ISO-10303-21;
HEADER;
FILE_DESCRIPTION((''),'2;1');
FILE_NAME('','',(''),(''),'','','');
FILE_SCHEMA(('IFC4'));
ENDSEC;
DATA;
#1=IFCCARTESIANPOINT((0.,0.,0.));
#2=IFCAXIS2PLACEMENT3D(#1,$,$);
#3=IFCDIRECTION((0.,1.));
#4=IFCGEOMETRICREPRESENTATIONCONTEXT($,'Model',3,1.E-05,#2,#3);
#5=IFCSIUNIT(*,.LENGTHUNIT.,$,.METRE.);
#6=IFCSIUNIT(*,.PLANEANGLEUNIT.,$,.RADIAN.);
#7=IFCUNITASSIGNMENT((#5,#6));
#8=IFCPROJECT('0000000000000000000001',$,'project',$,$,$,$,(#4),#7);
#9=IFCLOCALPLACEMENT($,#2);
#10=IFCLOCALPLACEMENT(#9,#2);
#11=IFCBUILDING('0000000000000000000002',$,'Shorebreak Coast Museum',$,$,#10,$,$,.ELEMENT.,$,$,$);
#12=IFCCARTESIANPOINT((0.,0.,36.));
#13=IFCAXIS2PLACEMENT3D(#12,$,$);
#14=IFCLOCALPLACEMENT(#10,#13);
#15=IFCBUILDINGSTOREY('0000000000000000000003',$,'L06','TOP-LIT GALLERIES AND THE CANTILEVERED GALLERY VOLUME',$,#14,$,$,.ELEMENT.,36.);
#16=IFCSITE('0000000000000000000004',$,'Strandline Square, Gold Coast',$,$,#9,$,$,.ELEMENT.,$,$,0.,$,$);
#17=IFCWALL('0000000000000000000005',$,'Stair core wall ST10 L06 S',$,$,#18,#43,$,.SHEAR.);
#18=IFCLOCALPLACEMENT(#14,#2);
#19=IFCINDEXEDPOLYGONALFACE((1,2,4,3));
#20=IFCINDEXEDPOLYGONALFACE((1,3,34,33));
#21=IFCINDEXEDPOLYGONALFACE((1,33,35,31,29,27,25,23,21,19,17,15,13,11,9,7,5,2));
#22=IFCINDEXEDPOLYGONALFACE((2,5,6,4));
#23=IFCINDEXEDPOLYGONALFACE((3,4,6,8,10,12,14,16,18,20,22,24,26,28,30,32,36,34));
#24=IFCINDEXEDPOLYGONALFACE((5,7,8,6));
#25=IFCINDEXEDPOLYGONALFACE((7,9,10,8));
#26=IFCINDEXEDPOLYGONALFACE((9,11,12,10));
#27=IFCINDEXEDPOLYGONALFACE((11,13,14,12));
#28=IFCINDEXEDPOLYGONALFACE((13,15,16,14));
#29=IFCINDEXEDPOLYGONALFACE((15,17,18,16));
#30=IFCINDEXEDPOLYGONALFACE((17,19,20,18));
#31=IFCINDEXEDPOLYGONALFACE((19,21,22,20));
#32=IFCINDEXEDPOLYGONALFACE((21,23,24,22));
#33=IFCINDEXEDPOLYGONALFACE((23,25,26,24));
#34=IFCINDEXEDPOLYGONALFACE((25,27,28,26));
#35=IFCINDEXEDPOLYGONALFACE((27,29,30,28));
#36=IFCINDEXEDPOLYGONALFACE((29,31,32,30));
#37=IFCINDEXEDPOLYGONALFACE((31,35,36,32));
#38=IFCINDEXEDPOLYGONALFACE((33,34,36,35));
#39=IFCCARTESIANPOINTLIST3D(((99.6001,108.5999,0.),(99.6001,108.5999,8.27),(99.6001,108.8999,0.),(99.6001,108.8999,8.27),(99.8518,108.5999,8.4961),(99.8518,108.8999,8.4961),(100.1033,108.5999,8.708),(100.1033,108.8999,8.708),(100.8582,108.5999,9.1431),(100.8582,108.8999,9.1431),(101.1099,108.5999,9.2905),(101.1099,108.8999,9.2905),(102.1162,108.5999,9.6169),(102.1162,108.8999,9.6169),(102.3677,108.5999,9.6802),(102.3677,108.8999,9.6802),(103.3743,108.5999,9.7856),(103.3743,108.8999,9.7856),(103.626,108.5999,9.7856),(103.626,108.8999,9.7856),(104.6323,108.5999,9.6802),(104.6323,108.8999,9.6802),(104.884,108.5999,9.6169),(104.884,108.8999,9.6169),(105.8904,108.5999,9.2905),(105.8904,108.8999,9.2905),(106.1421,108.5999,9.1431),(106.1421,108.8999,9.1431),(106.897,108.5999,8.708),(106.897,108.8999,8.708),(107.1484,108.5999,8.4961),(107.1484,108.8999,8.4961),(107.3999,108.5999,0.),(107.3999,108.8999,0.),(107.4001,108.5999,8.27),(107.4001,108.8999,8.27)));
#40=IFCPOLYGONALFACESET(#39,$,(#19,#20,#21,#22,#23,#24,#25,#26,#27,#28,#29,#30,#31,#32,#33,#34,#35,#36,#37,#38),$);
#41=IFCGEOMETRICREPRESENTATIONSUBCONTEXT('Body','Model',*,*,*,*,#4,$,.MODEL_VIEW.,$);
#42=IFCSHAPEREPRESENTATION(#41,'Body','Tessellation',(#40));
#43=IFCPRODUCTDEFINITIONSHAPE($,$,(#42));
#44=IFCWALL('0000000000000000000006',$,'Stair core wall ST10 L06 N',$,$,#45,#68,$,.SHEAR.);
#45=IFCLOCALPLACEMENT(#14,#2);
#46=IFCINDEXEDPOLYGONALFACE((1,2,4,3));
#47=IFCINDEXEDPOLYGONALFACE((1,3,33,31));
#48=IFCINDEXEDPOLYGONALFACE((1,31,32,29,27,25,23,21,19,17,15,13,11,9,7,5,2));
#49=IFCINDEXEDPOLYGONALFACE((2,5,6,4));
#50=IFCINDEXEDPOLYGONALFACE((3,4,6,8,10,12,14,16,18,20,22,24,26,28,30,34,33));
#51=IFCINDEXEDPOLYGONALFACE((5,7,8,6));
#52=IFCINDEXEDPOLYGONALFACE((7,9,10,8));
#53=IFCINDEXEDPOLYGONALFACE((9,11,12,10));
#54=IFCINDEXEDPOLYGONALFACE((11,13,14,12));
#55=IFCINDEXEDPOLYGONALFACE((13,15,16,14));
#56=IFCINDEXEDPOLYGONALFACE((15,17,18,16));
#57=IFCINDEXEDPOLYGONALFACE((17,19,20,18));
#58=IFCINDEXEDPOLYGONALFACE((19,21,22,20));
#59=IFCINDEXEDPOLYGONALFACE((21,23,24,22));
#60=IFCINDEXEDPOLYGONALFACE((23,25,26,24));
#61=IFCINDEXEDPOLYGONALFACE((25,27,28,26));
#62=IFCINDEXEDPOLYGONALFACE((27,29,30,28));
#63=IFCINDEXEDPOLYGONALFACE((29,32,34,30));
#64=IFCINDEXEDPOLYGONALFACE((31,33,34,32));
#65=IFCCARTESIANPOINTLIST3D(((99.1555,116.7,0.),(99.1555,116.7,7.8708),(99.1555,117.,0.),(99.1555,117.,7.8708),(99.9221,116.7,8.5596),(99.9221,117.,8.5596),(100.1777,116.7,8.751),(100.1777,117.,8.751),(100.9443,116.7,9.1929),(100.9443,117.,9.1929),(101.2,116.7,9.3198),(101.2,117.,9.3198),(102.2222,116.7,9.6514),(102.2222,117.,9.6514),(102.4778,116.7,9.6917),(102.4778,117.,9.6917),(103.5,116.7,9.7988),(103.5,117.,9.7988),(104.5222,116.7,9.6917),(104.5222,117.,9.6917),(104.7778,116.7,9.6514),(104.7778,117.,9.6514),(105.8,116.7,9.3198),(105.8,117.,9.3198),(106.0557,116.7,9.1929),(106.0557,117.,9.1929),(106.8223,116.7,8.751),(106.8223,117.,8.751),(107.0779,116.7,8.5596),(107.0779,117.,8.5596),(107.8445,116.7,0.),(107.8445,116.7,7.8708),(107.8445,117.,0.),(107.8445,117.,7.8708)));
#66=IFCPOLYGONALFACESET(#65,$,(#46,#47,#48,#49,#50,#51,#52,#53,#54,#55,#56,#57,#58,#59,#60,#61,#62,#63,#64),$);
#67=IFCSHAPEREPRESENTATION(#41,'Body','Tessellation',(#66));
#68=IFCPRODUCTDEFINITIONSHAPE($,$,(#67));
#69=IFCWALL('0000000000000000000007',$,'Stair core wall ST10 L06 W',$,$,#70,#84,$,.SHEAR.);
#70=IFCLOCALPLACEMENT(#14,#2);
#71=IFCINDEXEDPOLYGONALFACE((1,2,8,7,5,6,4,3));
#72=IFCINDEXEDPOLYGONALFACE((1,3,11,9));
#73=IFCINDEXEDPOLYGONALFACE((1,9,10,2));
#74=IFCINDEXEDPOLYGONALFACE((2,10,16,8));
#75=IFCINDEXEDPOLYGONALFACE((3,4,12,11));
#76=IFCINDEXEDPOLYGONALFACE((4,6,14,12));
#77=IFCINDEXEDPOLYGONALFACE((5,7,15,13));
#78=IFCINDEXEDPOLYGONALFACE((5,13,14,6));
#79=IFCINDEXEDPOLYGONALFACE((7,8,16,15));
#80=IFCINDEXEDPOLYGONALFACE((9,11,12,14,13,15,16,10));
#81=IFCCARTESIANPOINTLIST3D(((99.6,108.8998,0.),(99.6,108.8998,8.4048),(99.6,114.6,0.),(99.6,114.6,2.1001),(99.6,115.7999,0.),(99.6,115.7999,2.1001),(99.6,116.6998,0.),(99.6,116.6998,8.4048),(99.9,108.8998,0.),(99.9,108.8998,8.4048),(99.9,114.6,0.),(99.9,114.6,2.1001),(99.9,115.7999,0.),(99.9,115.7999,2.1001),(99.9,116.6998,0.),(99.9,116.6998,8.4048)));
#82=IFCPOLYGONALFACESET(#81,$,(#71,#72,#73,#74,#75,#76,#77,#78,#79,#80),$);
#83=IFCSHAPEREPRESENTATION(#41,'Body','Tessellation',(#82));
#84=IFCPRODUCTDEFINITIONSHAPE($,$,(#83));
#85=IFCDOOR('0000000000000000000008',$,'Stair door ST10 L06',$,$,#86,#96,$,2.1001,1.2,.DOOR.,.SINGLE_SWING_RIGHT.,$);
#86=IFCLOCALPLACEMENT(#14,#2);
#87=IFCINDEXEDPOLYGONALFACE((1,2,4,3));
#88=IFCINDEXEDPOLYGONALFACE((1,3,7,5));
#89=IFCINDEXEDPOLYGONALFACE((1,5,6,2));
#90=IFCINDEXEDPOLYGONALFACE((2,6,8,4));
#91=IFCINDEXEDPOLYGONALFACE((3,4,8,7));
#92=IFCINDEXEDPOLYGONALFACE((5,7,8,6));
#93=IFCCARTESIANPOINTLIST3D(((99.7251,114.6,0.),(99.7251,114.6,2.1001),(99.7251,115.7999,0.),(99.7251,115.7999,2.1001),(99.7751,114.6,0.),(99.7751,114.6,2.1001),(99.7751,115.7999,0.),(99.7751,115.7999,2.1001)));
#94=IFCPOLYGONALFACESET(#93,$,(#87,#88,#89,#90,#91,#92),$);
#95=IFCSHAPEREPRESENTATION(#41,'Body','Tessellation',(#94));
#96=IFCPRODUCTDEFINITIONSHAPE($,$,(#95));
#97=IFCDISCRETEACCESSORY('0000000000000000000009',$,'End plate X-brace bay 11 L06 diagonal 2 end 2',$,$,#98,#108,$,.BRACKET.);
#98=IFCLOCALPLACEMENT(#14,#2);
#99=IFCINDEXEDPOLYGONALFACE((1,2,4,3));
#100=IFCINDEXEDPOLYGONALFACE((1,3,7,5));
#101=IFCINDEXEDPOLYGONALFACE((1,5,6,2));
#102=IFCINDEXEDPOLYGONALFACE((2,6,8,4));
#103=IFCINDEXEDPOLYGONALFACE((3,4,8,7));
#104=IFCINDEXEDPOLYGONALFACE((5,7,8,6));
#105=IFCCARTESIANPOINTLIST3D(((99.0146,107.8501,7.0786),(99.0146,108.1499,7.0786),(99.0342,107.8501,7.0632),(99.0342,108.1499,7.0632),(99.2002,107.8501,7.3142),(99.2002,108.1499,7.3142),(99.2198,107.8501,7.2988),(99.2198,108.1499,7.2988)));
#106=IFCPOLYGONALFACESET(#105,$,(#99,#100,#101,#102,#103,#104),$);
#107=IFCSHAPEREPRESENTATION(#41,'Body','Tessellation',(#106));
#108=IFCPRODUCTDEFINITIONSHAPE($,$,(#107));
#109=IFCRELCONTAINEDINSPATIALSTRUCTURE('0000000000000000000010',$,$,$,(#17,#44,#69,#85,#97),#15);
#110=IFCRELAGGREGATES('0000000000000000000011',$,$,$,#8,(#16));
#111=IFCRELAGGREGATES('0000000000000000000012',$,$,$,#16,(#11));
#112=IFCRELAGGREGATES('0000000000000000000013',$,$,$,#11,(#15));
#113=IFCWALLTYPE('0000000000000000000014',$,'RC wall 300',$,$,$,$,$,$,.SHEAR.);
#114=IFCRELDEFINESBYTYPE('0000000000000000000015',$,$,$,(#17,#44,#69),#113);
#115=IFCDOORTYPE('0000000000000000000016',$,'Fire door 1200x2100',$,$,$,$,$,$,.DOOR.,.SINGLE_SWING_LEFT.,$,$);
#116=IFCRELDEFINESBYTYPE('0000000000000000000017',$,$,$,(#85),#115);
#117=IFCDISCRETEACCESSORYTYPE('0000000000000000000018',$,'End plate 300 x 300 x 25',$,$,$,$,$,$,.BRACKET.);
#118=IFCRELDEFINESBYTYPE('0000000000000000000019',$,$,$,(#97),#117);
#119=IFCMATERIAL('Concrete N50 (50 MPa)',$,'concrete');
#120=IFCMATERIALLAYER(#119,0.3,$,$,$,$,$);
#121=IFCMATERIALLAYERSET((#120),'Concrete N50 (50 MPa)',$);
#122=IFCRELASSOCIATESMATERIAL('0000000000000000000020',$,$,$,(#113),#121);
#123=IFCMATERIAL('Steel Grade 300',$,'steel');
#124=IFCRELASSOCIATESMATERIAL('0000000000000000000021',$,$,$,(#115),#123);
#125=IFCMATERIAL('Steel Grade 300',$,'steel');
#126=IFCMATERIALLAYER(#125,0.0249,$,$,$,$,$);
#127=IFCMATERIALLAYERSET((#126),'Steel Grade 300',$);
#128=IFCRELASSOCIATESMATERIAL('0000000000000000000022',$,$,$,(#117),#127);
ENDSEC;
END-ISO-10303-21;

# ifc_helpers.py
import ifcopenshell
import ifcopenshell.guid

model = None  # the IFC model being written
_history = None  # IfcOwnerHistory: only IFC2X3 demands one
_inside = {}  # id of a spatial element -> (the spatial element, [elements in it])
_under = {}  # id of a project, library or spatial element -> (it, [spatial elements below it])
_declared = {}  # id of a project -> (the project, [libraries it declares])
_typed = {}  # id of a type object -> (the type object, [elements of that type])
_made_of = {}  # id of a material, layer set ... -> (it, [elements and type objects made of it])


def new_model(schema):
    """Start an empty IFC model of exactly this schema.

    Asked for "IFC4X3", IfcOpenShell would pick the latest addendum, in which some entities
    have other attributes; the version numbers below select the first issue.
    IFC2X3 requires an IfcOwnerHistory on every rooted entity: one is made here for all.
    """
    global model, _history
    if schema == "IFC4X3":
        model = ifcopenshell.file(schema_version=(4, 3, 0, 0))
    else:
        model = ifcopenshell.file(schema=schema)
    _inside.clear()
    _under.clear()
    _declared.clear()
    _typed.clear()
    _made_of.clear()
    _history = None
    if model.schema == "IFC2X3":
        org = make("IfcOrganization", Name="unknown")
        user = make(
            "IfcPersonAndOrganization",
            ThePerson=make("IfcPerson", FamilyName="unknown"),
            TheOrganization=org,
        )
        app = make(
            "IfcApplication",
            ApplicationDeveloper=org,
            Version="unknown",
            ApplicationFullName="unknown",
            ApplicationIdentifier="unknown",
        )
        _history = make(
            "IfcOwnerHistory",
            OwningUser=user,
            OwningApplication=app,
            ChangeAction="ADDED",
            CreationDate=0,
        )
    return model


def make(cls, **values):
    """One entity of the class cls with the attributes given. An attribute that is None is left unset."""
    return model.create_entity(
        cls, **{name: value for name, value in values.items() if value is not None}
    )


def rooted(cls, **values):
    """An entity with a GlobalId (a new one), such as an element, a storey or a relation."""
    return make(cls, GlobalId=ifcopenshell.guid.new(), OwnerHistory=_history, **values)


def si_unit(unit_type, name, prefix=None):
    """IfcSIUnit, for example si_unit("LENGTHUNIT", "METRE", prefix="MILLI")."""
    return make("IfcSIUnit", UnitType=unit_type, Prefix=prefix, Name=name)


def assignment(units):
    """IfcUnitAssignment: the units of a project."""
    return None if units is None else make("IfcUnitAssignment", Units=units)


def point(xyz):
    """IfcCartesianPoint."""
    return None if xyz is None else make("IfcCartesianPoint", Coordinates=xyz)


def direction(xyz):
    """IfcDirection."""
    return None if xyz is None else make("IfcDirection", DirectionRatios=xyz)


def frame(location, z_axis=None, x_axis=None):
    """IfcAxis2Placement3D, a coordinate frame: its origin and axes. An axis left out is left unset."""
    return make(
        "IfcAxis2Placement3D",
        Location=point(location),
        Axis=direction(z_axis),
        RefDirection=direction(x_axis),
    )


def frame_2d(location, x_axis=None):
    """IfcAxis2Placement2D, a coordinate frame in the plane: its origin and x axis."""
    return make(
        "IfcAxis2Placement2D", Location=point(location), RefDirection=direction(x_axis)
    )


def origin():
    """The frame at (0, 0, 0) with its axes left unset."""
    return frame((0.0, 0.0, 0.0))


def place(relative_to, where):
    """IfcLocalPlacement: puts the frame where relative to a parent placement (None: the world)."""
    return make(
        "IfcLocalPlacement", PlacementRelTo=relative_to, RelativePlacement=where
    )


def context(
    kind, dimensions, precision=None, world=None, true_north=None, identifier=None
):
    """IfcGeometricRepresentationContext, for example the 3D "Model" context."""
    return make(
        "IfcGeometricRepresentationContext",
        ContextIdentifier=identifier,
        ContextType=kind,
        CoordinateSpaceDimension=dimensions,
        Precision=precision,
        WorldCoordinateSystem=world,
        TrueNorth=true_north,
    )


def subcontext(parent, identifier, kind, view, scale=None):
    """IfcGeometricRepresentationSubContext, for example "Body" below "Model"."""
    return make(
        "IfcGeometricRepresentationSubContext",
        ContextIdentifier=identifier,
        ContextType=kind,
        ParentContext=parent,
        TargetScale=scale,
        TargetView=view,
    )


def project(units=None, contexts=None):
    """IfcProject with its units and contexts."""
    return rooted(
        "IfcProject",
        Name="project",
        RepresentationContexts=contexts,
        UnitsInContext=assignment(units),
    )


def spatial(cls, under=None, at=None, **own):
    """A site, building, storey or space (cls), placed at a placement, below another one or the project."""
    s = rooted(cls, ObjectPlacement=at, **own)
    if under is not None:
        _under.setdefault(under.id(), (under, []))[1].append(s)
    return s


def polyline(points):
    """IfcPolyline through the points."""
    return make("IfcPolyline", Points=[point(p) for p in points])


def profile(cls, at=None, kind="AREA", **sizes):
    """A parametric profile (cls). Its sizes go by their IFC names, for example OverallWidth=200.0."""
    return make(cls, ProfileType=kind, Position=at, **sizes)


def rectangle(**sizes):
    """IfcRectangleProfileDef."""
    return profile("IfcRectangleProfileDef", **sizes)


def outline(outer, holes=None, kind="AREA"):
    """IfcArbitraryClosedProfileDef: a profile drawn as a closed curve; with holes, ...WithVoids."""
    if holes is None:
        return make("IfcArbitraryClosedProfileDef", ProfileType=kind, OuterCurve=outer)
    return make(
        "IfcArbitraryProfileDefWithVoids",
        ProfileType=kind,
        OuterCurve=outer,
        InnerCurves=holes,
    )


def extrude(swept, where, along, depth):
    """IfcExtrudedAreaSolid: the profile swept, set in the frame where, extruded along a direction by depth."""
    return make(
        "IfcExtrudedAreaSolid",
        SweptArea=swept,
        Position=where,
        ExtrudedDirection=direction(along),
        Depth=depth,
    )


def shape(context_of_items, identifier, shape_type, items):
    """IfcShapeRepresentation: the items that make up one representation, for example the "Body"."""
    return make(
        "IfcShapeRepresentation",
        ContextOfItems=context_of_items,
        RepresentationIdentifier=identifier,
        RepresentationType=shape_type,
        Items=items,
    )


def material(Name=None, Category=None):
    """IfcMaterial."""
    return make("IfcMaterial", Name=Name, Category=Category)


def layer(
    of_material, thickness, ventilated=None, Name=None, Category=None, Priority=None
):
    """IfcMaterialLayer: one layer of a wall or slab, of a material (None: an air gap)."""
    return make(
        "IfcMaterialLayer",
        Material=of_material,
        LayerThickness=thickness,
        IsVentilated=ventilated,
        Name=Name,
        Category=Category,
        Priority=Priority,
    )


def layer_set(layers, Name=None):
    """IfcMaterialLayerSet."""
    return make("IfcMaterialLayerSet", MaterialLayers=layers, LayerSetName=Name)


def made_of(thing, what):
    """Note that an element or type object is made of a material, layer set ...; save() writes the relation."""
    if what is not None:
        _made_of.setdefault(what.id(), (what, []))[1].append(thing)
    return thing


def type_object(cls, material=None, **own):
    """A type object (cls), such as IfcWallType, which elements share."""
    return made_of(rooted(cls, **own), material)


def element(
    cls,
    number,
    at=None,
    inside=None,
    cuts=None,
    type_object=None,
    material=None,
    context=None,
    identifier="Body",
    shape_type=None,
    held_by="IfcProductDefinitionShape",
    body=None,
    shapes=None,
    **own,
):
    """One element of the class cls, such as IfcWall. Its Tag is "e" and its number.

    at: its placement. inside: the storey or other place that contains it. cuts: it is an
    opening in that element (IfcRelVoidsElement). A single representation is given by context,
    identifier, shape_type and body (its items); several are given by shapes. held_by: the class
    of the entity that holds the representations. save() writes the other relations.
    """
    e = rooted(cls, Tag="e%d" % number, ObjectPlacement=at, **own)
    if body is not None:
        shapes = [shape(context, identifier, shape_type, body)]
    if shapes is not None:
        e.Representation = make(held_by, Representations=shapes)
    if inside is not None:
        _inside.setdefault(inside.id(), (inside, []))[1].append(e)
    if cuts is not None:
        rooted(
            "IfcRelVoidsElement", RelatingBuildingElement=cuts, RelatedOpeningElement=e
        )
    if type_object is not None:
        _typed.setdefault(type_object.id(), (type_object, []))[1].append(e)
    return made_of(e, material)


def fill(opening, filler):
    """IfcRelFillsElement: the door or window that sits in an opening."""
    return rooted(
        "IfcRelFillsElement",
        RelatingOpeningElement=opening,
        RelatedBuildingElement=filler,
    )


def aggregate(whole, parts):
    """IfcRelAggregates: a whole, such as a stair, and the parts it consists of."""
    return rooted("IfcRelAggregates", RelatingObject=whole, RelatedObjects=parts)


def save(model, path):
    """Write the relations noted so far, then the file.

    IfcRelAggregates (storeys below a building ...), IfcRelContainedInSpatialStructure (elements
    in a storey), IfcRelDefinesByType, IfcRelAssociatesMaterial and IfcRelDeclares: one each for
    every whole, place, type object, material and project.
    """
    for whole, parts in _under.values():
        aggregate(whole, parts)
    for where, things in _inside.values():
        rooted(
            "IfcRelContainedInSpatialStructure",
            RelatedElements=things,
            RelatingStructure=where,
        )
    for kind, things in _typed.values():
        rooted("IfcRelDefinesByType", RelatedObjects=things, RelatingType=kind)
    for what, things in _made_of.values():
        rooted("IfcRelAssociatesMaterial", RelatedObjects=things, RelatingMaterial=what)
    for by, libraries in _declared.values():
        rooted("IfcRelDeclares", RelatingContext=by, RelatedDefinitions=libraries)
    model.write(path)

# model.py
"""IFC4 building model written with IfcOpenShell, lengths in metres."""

from ifc_helpers import new_model, si_unit, direction, frame, frame_2d, origin, place, context, subcontext, project, spatial, polyline, rectangle, outline, extrude, material, layer, layer_set, type_object, element, fill, save


model = new_model("IFC4")

# Units and contexts
model_context = context("Model", 3, precision=1e-05, world=origin(), true_north=direction((0.0, 1.0)))
body_context = subcontext(model_context, "Body", "Model", "MODEL_VIEW")
ifc_project = project(units=[si_unit("LENGTHUNIT", "METRE"), si_unit("PLANEANGLEUNIT", "RADIAN")], contexts=[model_context])

# Site, building, storey
site_placement = place(None, origin())
site = spatial("IfcSite", under=ifc_project, at=site_placement, Name="Strandline Square, Gold Coast", CompositionType="ELEMENT", RefElevation=0.0)
building_placement = place(site_placement, origin())
building = spatial("IfcBuilding", under=site, at=building_placement, Name="Shorebreak Coast Museum", CompositionType="ELEMENT")
storey_placement = place(building_placement, frame((0.0, 0.0, 36.0)))
storey = spatial("IfcBuildingStorey", under=building, at=storey_placement, Name="L06", Description="TOP-LIT GALLERIES AND THE CANTILEVERED GALLERY VOLUME", CompositionType="ELEMENT", Elevation=36.0)

# Walls
ifc_material_1 = material(Name="Concrete N50 (50 MPa)", Category="concrete")
ifc_layer_1 = layer(ifc_material_1, 0.3)
ifc_layer_set_1 = layer_set([ifc_layer_1], Name="Concrete N50 (50 MPa)")
wall_type = type_object("IfcWallType", Name="RC wall 300", PredefinedType="SHEAR", material=ifc_layer_set_1)
wall_1_placement = place(storey_placement, frame((99.6001, 108.75, 0.0), z_axis=(0.0, 0.0, 1.0), x_axis=(1.0, 0.0, 0.0)))
element("IfcWall", 1, at=wall_1_placement, inside=storey, type_object=wall_type, Name="Stair core wall ST10 L06 S", PredefinedType="SHEAR", context=body_context, shape_type="SweptSolid", body=[
    extrude(outline(polyline([(0.0, 0.0), (7.7998, 0.0), (7.8, 8.27), (7.5483, 8.4961), (7.2969, 8.708), (6.542, 9.1431), (6.2903, 9.2905), (5.2839, 9.6169), (5.0322, 9.6802), (4.0259, 9.7856), (3.7742, 9.7856), (2.7676, 9.6802), (2.5161, 9.6169), (1.5098, 9.2905), (1.2581, 9.1431), (0.5032, 8.708), (0.2517, 8.4961), (0.0, 8.27), (0.0, 0.0)])), frame((0.0, 0.1499, 0.0), z_axis=(0.0, -1.0, 0.0), x_axis=(1.0, 0.0, 0.0)), (0.0, 0.0, 1.0), 0.3),
])
wall_2_placement = place(storey_placement, frame((99.1555, 116.8501, 0.0), z_axis=(0.0, 0.0, 1.0), x_axis=(1.0, 0.0, 0.0)))
element("IfcWall", 2, at=wall_2_placement, inside=storey, type_object=wall_type, Name="Stair core wall ST10 L06 N", PredefinedType="SHEAR", context=body_context, shape_type="SweptSolid", body=[
    extrude(outline(polyline([(0.0, 0.0), (8.689, 0.0), (8.689, 7.8708), (7.9224, 8.5596), (7.6667, 8.751), (6.9001, 9.1929), (6.6445, 9.3198), (5.6223, 9.6514), (5.3667, 9.6917), (4.3445, 9.7988), (3.3223, 9.6917), (3.0667, 9.6514), (2.0444, 9.3198), (1.7888, 9.1929), (1.0222, 8.751), (0.7666, 8.5596), (0.0, 7.8708), (0.0, 0.0)])), frame((0.0, 0.1499, 0.0), z_axis=(0.0, -1.0, 0.0), x_axis=(1.0, 0.0, 0.0)), (0.0, 0.0, 1.0), 0.3),
])

# Wall, opening, door
wall_3_placement = place(storey_placement, frame((99.75, 108.8999, 0.0), z_axis=(0.0, 0.0, 1.0), x_axis=(0.0, 1.0, 0.0)))
wall_3 = element("IfcWall", 3, at=wall_3_placement, inside=storey, type_object=wall_type, Name="Stair core wall ST10 L06 W", PredefinedType="SHEAR", context=body_context, shape_type="SweptSolid", body=[
    extrude(rectangle(XDim=7.8, YDim=0.3, at=frame_2d((3.8999, 0.0))), origin(), (0.0, 0.0, 1.0), 8.4048),
])
opening_placement = place(wall_3_placement, frame((5.7, 0.0, 0.0)))
opening = element("IfcOpeningElement", 4, at=opening_placement, cuts=wall_3, PredefinedType="OPENING", context=body_context, shape_type="SweptSolid", body=[
    extrude(rectangle(XDim=1.2, YDim=2.1001, at=frame_2d((0.6001, 1.05))), frame((0.0, 0.1599, 0.0), z_axis=(0.0, -1.0, 0.0), x_axis=(1.0, 0.0, 0.0)), (0.0, 0.0, 1.0), 0.3201),
])
ifc_material_2 = material(Name="Steel Grade 300", Category="steel")
door_type = type_object("IfcDoorType", Name="Fire door 1200x2100", OperationType="SINGLE_SWING_LEFT", PredefinedType="DOOR", material=ifc_material_2)
door_placement = place(opening_placement, origin())
door = element("IfcDoor", 5, at=door_placement, inside=storey, type_object=door_type, Name="Stair door ST10 L06", OperationType="SINGLE_SWING_RIGHT", OverallHeight=2.1001, OverallWidth=1.2, PredefinedType="DOOR", context=body_context, shape_type="SweptSolid", body=[
    extrude(rectangle(XDim=1.2, YDim=2.1001, at=frame_2d((0.6001, 1.05))), frame((0.0, 0.0249, 0.0), z_axis=(0.0, -1.0, 0.0), x_axis=(1.0, 0.0, 0.0)), (0.0, 0.0, 1.0), 0.05),
])
fill(opening, door)

# Discrete accessory
ifc_material_3 = material(Name="Steel Grade 300", Category="steel")
ifc_layer_2 = layer(ifc_material_3, 0.0249)
ifc_layer_set_2 = layer_set([ifc_layer_2], Name="Steel Grade 300")
discrete_accessory_type = type_object("IfcDiscreteAccessoryType", Name="End plate 300 x 300 x 25", PredefinedType="BRACKET", material=ifc_layer_set_2)
discrete_accessory_placement = place(storey_placement, frame((99.0146, 108.1499, 7.0786), z_axis=(-0.785612, 0.0, 0.61872), x_axis=(0.0, -1.0, 0.0)))
element("IfcDiscreteAccessory", 6, at=discrete_accessory_placement, inside=storey, type_object=discrete_accessory_type, Name="End plate X-brace bay 11 L06 diagonal 2 end 2", PredefinedType="BRACKET", context=body_context, shape_type="SweptSolid", body=[
    extrude(outline(polyline([(0.0, 0.0), (0.2998, 0.0), (0.2998, 0.2999), (0.0, 0.2999), (0.0, 0.0)])), origin(), (0.0, 0.0, -1.0), 0.0249),
])

save(model, "model.ifc")
